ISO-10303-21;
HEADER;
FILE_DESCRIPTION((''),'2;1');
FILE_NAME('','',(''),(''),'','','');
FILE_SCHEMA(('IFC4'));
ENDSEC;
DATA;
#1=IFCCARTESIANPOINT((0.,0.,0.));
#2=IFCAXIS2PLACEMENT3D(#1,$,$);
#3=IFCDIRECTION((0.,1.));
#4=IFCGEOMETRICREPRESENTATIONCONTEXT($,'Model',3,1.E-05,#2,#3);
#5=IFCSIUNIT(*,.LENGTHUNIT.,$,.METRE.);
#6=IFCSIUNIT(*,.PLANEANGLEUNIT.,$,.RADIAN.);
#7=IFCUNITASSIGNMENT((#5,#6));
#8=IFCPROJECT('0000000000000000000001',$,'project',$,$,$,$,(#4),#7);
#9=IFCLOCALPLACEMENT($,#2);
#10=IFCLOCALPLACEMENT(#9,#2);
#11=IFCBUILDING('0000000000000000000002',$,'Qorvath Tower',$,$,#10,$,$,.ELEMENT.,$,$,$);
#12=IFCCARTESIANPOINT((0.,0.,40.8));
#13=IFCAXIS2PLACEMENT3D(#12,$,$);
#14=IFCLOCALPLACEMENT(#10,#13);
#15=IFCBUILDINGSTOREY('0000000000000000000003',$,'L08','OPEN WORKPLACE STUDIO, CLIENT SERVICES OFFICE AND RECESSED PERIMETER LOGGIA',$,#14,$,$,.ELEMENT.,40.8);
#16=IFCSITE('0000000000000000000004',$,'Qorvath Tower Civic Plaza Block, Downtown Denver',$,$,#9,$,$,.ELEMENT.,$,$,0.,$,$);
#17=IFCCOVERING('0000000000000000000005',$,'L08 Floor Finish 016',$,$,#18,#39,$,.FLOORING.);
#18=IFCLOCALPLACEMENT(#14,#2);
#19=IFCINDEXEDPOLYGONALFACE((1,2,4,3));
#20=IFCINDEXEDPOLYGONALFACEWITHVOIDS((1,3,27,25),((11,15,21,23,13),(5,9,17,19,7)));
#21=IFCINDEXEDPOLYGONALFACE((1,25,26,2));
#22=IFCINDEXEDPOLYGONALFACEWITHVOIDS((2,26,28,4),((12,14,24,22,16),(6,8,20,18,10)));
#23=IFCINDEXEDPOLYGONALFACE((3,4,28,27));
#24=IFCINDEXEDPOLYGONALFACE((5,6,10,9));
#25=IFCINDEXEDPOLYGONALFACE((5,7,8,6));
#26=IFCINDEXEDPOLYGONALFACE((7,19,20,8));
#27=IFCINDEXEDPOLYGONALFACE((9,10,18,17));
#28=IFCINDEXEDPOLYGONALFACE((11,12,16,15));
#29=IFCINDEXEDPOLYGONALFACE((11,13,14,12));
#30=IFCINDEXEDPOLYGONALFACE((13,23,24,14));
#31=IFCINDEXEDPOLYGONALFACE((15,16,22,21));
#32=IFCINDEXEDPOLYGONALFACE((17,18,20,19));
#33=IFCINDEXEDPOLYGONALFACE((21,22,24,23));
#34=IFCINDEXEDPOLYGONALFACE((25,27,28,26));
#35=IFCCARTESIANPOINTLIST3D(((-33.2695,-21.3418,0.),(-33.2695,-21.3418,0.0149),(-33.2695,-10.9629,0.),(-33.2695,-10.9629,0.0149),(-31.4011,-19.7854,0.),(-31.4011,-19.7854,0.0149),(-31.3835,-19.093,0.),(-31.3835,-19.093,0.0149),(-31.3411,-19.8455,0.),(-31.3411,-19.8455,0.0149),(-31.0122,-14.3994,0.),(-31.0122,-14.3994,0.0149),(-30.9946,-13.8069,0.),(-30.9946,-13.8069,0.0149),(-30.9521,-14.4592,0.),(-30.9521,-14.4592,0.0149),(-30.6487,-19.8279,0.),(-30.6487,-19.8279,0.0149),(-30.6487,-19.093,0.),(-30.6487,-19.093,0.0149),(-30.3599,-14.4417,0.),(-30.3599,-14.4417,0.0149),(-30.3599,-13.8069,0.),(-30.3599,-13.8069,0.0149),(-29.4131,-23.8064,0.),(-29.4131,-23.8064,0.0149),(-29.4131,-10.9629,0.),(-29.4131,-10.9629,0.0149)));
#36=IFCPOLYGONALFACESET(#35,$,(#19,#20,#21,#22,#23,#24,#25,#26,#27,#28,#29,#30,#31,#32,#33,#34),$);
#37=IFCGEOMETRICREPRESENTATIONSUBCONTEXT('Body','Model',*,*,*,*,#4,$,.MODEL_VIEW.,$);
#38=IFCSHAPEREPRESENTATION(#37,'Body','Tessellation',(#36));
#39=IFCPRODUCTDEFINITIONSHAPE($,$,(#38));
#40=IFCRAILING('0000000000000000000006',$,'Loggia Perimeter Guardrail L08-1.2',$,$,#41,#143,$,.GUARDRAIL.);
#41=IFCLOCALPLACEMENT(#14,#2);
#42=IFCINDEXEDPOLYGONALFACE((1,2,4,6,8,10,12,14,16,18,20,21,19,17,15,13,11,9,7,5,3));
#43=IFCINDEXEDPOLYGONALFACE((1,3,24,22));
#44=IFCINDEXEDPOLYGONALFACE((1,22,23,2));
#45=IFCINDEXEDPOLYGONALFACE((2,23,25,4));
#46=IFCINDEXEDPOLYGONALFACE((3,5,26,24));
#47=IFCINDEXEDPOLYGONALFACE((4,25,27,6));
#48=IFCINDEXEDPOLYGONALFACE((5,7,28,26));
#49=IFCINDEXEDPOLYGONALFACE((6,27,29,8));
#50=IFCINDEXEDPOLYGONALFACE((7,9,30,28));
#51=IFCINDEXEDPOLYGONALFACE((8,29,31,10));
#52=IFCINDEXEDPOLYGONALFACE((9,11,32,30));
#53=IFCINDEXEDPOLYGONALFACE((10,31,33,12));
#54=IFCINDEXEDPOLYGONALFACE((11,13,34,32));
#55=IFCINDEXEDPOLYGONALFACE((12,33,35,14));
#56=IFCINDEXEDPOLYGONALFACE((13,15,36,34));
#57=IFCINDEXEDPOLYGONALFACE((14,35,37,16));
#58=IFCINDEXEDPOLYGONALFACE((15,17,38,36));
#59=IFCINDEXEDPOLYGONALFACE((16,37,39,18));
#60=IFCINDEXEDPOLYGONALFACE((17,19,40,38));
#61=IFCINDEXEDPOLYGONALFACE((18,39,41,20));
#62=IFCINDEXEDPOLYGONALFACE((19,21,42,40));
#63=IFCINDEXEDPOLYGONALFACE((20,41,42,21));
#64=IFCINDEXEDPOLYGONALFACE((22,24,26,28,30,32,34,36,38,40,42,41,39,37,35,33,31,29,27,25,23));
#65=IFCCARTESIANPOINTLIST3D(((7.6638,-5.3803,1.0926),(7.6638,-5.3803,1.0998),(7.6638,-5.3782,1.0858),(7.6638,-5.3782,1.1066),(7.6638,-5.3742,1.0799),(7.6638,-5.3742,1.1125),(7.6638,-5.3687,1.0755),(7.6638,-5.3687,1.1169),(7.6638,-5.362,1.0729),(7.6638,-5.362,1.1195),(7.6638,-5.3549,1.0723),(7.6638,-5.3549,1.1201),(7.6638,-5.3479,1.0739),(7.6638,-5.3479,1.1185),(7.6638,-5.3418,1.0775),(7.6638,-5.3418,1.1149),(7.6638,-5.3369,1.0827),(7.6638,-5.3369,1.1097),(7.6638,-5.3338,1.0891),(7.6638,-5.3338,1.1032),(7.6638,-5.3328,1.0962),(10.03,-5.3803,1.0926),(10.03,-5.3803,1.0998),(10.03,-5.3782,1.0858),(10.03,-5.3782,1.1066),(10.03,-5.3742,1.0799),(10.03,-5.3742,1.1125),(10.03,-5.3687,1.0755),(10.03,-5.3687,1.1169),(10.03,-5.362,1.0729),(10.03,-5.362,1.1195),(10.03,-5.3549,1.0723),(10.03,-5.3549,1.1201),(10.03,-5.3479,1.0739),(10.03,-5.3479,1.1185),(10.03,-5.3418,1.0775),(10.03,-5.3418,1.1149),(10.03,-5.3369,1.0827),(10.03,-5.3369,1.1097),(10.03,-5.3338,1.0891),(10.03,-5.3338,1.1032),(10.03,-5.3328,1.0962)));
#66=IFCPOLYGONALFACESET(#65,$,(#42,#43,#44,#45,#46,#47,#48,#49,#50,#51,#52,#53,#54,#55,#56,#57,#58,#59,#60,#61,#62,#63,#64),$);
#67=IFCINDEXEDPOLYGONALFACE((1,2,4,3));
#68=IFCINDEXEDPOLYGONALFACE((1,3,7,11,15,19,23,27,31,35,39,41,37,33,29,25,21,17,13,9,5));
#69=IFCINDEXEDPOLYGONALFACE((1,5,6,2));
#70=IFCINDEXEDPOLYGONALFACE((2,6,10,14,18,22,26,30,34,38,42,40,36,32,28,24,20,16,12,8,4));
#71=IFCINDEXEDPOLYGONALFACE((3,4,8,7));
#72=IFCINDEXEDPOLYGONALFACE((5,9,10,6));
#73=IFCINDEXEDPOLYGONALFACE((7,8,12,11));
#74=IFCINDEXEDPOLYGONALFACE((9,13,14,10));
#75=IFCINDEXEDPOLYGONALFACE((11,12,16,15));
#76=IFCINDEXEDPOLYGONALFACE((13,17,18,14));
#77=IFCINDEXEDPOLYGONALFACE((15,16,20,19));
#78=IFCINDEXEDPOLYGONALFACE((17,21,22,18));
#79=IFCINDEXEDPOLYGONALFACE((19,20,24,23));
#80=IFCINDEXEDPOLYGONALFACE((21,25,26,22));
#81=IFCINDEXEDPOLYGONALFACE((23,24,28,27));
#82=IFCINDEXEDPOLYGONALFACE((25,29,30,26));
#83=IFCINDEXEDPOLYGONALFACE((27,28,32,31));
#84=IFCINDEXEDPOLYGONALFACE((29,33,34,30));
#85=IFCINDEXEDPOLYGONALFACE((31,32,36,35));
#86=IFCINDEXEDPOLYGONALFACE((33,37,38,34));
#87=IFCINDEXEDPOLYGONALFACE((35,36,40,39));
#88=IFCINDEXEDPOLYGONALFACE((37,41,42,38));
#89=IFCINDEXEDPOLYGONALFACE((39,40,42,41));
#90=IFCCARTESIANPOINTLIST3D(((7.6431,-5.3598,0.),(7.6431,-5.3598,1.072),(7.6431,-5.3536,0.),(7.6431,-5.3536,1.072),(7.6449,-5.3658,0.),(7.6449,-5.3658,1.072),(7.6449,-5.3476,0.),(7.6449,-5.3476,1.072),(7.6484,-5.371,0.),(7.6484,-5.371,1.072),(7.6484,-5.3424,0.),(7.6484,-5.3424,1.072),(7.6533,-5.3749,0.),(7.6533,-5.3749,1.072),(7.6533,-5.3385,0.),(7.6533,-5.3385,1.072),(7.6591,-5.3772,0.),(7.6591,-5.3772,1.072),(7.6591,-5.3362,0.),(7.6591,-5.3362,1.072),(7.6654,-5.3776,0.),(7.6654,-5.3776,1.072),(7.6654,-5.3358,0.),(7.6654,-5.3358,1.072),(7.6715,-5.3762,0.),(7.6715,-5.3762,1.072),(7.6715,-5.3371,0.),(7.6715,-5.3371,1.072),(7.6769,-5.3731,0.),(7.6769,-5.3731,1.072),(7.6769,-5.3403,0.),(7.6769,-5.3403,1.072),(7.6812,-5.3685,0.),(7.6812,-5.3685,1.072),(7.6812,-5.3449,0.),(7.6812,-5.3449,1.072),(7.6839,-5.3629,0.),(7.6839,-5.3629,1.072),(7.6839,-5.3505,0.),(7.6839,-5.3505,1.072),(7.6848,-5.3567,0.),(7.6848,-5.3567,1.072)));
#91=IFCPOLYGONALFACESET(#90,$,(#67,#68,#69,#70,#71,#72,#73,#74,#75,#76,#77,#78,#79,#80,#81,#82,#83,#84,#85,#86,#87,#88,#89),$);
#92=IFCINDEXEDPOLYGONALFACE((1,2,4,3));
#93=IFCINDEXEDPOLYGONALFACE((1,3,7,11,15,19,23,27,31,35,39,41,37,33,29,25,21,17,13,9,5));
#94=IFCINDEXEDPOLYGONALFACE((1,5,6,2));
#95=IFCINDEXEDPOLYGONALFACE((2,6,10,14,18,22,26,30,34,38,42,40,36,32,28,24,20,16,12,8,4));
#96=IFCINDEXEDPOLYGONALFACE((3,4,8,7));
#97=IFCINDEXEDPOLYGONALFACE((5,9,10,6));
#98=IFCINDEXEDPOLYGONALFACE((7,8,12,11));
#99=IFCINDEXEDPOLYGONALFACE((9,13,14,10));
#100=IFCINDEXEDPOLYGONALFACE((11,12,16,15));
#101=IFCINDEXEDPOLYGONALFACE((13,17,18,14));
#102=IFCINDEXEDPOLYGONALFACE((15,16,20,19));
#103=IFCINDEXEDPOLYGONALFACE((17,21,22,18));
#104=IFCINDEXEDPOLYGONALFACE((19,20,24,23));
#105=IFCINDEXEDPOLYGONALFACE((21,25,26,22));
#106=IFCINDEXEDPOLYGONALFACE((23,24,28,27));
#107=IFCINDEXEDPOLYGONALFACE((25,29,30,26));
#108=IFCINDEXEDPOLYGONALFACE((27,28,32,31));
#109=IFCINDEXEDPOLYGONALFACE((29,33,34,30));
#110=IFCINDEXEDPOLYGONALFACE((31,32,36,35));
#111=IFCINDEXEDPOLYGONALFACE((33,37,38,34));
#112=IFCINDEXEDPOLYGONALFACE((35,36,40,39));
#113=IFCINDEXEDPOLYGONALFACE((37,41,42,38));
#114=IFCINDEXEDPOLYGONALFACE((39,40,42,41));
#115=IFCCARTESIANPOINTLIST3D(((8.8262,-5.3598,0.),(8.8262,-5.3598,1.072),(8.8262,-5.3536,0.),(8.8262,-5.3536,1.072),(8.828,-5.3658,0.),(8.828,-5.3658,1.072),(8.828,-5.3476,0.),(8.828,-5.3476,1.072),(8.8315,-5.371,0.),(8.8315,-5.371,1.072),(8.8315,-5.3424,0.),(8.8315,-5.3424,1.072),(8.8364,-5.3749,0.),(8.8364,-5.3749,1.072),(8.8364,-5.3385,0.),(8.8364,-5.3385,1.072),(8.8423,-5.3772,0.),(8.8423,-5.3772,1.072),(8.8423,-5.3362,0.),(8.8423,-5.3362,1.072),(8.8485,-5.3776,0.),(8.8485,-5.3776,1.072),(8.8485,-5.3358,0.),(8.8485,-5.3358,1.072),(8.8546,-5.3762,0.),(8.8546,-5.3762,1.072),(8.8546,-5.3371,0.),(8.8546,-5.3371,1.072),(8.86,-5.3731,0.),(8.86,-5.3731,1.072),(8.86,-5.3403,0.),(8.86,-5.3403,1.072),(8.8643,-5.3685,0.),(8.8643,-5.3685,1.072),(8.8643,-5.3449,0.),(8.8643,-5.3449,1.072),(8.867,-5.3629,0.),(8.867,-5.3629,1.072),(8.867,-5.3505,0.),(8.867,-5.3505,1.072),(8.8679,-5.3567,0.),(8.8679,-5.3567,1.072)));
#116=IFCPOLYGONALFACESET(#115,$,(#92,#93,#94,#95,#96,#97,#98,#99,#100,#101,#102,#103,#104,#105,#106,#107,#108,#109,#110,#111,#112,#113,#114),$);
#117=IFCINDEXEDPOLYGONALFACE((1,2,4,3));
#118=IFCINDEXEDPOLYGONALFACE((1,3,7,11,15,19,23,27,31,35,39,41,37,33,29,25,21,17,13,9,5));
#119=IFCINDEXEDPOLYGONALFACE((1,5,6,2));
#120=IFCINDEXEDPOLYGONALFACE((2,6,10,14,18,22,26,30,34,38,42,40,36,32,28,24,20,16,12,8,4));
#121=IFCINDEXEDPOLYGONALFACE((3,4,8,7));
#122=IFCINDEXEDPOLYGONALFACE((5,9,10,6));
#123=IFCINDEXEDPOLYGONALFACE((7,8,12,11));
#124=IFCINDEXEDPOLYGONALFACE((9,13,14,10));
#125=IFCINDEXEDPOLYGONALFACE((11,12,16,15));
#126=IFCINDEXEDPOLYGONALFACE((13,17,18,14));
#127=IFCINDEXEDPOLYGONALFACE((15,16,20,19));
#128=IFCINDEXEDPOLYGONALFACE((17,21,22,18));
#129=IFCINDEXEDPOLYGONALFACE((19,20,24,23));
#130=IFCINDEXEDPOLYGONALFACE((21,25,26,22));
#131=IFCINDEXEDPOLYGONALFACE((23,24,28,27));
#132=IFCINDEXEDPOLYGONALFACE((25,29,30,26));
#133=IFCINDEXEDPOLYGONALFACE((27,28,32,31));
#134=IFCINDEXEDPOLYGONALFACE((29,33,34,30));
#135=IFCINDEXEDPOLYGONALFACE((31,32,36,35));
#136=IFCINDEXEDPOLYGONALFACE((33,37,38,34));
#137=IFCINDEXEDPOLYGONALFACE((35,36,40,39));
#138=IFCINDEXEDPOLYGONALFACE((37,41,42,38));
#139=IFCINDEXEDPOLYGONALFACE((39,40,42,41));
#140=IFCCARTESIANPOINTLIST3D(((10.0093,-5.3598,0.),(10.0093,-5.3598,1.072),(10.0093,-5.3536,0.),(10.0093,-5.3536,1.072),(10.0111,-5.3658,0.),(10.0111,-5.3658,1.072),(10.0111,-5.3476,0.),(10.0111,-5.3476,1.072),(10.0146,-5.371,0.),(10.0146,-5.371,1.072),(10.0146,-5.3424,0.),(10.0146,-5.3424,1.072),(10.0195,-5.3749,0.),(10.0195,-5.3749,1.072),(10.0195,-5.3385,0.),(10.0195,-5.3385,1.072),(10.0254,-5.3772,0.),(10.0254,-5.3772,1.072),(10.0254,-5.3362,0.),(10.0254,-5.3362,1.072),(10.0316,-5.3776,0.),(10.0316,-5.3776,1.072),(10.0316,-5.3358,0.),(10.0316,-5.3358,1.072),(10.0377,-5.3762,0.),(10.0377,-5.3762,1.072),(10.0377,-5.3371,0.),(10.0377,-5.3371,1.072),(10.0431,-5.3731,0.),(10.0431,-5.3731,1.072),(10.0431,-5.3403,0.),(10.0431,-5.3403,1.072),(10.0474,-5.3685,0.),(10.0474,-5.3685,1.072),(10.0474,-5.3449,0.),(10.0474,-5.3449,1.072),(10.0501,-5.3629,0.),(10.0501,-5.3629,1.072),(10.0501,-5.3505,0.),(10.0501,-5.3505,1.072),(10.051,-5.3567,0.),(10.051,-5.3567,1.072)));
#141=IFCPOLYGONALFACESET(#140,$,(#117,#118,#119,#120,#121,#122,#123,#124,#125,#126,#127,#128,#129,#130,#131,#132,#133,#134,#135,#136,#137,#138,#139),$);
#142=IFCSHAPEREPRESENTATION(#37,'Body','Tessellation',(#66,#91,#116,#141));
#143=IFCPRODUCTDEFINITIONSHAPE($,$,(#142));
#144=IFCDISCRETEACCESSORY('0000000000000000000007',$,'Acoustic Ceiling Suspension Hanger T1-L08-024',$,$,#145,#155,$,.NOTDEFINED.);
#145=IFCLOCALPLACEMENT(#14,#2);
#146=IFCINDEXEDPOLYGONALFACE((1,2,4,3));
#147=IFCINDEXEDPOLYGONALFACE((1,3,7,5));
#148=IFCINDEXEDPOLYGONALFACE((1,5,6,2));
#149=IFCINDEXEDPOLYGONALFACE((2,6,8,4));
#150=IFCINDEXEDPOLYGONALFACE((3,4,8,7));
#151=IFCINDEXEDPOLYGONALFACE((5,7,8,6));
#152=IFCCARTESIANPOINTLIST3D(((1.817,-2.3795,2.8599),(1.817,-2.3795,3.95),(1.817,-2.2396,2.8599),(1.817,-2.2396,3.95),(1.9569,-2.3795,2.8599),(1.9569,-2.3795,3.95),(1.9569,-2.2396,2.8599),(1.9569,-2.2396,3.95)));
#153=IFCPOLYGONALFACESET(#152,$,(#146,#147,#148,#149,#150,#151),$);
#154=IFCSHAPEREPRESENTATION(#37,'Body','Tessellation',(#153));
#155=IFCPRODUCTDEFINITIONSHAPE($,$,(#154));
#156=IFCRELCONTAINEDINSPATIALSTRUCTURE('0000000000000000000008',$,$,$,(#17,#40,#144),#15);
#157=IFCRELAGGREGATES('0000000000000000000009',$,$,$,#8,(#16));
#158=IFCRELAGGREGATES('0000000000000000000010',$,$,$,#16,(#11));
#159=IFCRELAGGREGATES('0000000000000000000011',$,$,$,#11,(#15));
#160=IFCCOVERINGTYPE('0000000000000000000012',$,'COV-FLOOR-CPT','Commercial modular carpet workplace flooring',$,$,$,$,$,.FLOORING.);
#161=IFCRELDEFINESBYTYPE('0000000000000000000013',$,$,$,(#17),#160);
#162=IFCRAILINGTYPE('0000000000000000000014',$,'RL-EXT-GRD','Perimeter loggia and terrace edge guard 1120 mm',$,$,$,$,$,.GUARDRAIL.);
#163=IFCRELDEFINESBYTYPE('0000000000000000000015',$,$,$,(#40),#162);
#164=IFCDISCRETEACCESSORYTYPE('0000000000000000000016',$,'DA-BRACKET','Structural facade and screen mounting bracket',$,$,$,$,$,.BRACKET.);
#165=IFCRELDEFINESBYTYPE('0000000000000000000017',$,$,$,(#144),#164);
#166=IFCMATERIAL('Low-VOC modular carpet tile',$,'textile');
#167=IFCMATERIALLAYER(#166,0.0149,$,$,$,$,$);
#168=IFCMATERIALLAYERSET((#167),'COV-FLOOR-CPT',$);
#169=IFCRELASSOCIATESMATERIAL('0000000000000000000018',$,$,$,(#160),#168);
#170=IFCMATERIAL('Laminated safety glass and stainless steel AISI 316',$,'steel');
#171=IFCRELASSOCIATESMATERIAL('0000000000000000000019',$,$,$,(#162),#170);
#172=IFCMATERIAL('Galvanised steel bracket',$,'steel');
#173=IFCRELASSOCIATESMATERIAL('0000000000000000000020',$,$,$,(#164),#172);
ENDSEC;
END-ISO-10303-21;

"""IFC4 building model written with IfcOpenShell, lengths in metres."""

from ifc_helpers import new_model, si_unit, direction, frame, origin, origin_2d, place, context, subcontext, project, spatial, polyline, rectangle, circle, outline, extrude, material, layer, layer_set, type_object, element, save


model = new_model("IFC4")

# Units and contexts
model_context = context("Model", 3, precision=1e-05, world=origin(), true_north=direction((0.0, 1.0)))
body_context = subcontext(model_context, "Body", "Model", "MODEL_VIEW")
ifc_project = project(units=[si_unit("LENGTHUNIT", "METRE"), si_unit("PLANEANGLEUNIT", "RADIAN")], contexts=[model_context])

# Site, building, storey
site_placement = place(None, origin())
site = spatial("IfcSite", under=ifc_project, at=site_placement, Name="Qorvath Tower Civic Plaza Block, Downtown Denver", CompositionType="ELEMENT", RefElevation=0.0)
building_placement = place(site_placement, origin())
building = spatial("IfcBuilding", under=site, at=building_placement, Name="Qorvath Tower", CompositionType="ELEMENT")
storey_placement = place(building_placement, frame((0.0, 0.0, 40.8)))
storey = spatial("IfcBuildingStorey", under=building, at=storey_placement, Name="L08", Description="OPEN WORKPLACE STUDIO, CLIENT SERVICES OFFICE AND RECESSED PERIMETER LOGGIA", CompositionType="ELEMENT", Elevation=40.8)

# Covering
ifc_material_1 = material(Name="Low-VOC modular carpet tile", Category="textile")
ifc_layer_1 = layer(ifc_material_1, 0.0149)
ifc_layer_set_1 = layer_set([ifc_layer_1], Name="COV-FLOOR-CPT")
covering_type_1 = type_object("IfcCoveringType", Name="COV-FLOOR-CPT", Description="Commercial modular carpet workplace flooring", PredefinedType="FLOORING", material=ifc_layer_set_1)
covering_1_placement = place(storey_placement, origin())
element("IfcCovering", 1, at=covering_1_placement, inside=storey, type_object=covering_type_1, Name="L08 Floor Finish 016", PredefinedType="FLOORING", context=body_context, shape_type="SweptSolid", body=[
    extrude(outline(polyline([(-29.4131, -23.8064), (-29.4131, -10.9629), (-33.2695, -10.9629), (-33.2695, -21.3418), (-29.4131, -23.8064)]), holes=[polyline([(-31.0122, -14.3994), (-30.9946, -13.8069), (-30.3599, -13.8069), (-30.3599, -14.4417), (-30.9521, -14.4592), (-31.0122, -14.3994)]), polyline([(-31.4011, -19.7854), (-31.3835, -19.093), (-30.6487, -19.093), (-30.6487, -19.8279), (-31.3411, -19.8455), (-31.4011, -19.7854)])]), origin(), (0.0, 0.0, 1.0), 0.0149),
])

# Railing
ifc_material_2 = material(Name="Laminated safety glass and stainless steel AISI 316", Category="steel")
railing_type = type_object("IfcRailingType", Name="RL-EXT-GRD", Description="Perimeter loggia and terrace edge guard 1120 mm", PredefinedType="GUARDRAIL", material=ifc_material_2)
railing_1_placement = place(storey_placement, frame((7.6638, -5.3567, 0.0)))
element("IfcRailing", 2, at=railing_1_placement, inside=storey, type_object=railing_type, Name="Loggia Perimeter Guardrail L08-1.2", PredefinedType="GUARDRAIL", context=body_context, shape_type="SweptSolid", body=[
    extrude(circle(Radius=0.0239, at=origin_2d()), frame((0.0, 0.0, 1.0962), z_axis=(1.0, 0.0, 0.0), x_axis=(0.0, 1.0, 0.0)), (0.0, 0.0, 1.0), 2.3662),
    extrude(circle(Radius=0.021, at=origin_2d()), origin(), (0.0, 0.0, 1.0), 1.072),
    extrude(circle(Radius=0.021, at=origin_2d()), frame((1.1831, 0.0, 0.0)), (0.0, 0.0, 1.0), 1.072),
    extrude(circle(Radius=0.021, at=origin_2d()), frame((2.3662, 0.0, 0.0)), (0.0, 0.0, 1.0), 1.072),
])

# Discrete accessory
ifc_material_3 = material(Name="Galvanised steel bracket", Category="steel")
discrete_accessory_type = type_object("IfcDiscreteAccessoryType", Name="DA-BRACKET", Description="Structural facade and screen mounting bracket", PredefinedType="BRACKET", material=ifc_material_3)
discrete_accessory_placement = place(storey_placement, frame((1.887, -2.3096, 2.8599), z_axis=(0.0, 0.0, 1.0), x_axis=(1.0, 0.0, 0.0)))
element("IfcDiscreteAccessory", 3, at=discrete_accessory_placement, inside=storey, type_object=discrete_accessory_type, Name="Acoustic Ceiling Suspension Hanger T1-L08-024", PredefinedType="NOTDEFINED", context=body_context, shape_type="SweptSolid", body=[
    extrude(rectangle(XDim=0.1399, YDim=0.1399, at=origin_2d()), origin(), (0.0, 0.0, 1.0), 1.0901),
])

save(model, "model.ifc")
